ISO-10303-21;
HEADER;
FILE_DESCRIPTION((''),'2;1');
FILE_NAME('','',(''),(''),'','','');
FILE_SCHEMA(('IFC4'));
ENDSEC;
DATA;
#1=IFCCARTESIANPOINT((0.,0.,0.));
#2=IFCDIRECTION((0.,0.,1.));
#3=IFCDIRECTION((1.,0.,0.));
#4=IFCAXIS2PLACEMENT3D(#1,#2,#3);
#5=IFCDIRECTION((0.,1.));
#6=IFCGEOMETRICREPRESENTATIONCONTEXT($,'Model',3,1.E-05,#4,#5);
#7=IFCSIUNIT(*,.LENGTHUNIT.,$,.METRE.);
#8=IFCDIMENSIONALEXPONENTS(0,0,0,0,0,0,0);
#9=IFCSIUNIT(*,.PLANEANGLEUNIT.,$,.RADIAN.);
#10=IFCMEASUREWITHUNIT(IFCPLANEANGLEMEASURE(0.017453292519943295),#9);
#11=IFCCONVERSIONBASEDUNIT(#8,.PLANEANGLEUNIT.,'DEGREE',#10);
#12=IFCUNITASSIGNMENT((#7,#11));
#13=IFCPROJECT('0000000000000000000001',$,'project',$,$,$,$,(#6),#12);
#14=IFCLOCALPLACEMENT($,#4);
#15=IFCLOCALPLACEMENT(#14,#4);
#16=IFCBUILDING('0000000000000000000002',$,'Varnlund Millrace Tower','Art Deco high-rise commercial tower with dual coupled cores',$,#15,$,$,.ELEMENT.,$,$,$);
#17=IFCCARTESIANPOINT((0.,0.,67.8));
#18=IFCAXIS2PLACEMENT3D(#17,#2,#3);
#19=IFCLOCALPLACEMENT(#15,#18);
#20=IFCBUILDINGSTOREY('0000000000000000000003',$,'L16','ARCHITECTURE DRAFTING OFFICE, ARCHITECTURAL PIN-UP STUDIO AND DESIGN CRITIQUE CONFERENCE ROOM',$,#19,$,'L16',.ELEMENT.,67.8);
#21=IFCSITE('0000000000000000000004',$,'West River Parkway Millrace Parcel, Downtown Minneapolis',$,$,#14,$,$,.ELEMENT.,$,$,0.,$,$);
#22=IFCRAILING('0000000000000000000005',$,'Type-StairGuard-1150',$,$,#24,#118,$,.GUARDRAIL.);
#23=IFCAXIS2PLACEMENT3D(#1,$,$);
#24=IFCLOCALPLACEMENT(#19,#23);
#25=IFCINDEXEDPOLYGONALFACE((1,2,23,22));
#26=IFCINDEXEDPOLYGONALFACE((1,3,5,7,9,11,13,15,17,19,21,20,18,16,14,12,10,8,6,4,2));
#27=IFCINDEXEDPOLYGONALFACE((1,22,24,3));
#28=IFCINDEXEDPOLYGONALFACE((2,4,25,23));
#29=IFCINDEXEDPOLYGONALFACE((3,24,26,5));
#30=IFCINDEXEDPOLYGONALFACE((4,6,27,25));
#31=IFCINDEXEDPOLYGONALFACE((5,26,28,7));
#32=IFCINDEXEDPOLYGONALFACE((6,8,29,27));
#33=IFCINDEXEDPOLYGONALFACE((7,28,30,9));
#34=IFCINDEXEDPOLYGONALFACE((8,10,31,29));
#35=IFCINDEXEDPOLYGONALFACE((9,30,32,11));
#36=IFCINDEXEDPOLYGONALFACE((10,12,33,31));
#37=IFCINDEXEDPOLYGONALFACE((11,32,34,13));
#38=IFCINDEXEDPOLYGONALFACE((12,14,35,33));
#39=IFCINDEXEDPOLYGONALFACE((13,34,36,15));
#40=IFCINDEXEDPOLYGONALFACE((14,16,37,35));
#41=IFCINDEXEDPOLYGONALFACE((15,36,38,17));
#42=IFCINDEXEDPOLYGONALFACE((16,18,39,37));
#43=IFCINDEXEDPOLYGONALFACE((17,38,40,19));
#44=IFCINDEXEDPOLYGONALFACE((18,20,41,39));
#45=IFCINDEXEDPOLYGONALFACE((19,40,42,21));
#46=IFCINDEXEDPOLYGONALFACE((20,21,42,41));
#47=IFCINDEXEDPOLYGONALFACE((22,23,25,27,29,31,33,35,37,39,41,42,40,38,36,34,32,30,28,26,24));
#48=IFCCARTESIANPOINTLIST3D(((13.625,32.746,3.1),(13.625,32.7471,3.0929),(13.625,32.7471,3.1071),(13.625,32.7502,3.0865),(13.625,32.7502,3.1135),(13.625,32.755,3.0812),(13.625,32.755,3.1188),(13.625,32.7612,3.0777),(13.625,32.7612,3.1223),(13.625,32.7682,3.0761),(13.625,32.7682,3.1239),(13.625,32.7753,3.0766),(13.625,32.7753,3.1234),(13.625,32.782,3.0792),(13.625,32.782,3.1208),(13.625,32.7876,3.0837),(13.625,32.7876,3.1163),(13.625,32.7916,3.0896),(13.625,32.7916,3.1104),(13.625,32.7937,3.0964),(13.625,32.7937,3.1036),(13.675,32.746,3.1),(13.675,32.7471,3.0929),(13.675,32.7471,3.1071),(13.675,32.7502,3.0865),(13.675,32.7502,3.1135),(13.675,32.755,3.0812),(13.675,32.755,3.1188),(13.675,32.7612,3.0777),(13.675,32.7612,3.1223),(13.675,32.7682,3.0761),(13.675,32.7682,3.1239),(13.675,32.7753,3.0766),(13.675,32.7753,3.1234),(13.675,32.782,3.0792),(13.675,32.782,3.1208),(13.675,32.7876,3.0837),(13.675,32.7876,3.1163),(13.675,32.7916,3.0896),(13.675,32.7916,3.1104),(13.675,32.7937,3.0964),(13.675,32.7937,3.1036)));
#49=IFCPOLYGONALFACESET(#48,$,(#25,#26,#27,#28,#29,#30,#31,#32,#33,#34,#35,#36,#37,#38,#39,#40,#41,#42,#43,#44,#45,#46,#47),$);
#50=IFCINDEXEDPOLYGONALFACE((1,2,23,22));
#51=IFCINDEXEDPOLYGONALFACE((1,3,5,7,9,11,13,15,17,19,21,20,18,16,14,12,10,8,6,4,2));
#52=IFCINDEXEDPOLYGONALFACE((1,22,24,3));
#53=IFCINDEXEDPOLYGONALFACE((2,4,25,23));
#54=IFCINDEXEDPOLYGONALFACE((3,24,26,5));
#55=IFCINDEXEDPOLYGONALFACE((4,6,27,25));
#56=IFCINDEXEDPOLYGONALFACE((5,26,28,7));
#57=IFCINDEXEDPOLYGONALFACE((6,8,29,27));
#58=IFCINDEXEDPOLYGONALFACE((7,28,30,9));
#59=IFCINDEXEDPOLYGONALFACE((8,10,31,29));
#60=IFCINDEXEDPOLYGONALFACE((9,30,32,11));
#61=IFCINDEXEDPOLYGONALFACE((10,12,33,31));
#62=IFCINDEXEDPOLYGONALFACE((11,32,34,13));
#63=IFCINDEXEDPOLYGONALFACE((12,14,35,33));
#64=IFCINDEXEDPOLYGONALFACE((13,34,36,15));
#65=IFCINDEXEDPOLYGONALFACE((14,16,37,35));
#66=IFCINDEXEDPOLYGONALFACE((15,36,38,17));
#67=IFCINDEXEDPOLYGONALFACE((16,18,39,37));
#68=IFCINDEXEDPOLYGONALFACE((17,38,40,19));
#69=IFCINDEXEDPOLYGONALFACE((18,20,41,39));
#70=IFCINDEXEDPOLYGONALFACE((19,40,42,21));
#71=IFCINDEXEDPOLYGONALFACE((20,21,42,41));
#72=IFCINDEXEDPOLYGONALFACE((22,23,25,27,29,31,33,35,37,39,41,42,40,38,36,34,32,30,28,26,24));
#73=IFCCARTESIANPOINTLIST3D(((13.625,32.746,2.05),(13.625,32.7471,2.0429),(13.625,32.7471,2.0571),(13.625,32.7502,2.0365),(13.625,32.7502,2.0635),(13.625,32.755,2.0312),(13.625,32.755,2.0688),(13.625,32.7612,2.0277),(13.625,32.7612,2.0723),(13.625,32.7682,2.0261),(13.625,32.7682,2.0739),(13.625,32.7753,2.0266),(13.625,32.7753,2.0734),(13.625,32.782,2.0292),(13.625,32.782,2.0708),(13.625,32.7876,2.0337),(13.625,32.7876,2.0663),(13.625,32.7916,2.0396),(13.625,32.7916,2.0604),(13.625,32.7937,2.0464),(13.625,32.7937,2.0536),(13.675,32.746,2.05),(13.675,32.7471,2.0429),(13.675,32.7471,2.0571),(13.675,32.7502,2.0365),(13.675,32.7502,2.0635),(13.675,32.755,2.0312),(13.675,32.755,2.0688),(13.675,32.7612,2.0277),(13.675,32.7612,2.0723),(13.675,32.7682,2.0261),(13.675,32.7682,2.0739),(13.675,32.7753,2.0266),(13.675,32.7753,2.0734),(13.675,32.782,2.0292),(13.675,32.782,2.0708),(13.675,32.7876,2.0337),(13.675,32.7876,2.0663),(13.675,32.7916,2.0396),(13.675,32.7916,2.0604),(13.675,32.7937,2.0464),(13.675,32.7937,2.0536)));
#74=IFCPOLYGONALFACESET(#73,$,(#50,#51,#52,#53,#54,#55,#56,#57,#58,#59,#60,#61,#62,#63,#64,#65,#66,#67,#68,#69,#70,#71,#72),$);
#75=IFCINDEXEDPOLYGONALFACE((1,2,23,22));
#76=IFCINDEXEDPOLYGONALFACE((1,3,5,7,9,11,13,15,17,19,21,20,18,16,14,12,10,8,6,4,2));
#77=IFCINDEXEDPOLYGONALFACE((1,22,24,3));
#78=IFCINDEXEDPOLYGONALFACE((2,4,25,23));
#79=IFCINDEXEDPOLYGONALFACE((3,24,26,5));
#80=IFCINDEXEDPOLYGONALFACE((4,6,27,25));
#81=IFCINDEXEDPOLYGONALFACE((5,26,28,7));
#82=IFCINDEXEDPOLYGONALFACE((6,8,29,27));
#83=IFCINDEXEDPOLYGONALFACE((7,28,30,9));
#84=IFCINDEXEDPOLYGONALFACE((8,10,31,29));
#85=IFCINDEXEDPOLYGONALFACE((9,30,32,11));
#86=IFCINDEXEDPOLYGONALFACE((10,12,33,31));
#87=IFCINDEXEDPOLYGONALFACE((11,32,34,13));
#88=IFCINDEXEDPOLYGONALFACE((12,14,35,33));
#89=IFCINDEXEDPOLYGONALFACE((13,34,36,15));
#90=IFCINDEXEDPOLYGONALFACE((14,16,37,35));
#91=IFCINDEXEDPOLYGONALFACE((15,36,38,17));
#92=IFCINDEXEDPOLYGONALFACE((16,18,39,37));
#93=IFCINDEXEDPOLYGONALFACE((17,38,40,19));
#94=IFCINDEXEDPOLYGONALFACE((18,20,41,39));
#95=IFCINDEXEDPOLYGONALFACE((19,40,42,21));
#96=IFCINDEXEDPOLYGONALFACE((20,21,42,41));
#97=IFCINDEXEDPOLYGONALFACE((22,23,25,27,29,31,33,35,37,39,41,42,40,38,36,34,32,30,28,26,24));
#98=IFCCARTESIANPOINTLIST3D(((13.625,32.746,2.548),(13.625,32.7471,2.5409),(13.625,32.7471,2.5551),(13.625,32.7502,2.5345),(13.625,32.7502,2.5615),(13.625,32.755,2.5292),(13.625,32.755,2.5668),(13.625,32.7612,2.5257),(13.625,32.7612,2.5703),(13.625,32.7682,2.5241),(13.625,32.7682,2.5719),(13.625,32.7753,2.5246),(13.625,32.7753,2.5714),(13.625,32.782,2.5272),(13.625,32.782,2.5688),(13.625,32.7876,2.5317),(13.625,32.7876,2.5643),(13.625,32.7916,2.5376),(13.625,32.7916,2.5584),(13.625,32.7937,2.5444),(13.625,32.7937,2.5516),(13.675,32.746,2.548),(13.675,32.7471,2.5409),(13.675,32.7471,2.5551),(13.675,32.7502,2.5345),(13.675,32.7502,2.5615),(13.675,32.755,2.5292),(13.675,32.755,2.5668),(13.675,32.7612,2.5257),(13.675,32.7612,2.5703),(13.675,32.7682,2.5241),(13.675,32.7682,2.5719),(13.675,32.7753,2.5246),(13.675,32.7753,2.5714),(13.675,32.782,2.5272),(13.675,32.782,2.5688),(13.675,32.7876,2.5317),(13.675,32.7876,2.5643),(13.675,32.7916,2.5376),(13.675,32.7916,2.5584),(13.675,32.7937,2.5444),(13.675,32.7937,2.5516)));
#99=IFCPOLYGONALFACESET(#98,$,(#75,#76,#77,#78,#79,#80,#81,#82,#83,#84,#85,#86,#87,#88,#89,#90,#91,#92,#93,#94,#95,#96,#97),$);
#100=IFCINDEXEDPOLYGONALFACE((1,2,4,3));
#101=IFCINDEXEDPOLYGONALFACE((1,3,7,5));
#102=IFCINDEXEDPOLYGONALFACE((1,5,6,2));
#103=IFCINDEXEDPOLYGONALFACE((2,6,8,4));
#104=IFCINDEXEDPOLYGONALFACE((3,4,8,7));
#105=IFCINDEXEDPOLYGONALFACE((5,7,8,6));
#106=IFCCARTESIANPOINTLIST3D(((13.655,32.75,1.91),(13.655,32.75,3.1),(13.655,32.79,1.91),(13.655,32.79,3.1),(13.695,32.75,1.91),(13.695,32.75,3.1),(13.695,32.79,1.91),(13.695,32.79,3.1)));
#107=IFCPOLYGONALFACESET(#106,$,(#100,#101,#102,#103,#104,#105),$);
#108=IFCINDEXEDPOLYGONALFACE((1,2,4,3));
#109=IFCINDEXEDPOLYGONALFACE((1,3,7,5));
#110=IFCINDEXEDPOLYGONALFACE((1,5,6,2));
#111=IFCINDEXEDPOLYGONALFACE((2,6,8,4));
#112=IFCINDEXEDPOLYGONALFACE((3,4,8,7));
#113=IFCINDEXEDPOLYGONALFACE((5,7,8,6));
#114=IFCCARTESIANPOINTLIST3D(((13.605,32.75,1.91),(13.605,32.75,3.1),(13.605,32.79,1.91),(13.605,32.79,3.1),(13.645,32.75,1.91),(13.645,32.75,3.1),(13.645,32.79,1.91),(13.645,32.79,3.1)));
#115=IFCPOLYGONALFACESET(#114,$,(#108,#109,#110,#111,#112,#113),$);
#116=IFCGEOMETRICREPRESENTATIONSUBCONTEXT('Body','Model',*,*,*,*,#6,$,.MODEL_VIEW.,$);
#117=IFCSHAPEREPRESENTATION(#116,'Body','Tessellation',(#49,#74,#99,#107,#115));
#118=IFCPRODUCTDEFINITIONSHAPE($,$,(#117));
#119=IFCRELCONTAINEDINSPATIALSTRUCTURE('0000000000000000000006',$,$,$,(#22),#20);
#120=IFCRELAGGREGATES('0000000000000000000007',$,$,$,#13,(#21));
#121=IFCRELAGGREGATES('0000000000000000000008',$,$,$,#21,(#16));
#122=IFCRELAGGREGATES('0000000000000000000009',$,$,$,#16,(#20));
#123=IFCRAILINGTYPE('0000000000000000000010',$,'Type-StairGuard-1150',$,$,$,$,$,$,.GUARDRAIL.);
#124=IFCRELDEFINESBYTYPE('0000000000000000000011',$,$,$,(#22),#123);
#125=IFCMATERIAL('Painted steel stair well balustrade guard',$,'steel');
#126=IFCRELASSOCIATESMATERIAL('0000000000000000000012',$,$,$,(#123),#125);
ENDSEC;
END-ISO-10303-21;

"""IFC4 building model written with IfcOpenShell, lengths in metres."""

from ifc_helpers import new_model, entity, si_unit, converted_unit, direction, frame, origin_with_axes, origin_2d_with_axis, place, context, subcontext, project, spatial, rectangle, circle, extrude, material, type_object, element, save


model = new_model("IFC4")

# Units and contexts
model_context = context("Model", 3, precision=1e-05, world=origin_with_axes(), true_north=direction((0.0, 1.0)))
body_context = subcontext(model_context, "Body", "Model", "MODEL_VIEW")
ifc_project = project(units=[si_unit("LENGTHUNIT", "METRE"), converted_unit("PLANEANGLEUNIT", "DEGREE", entity("IfcPlaneAngleMeasure", 0.017453292519943295), si_unit("PLANEANGLEUNIT", "RADIAN"), dimensions=[0, 0, 0, 0, 0, 0, 0])], contexts=[model_context])

# Site, building, storey
site_placement = place(None, origin_with_axes())
site = spatial("IfcSite", under=ifc_project, at=site_placement, Name="West River Parkway Millrace Parcel, Downtown Minneapolis", CompositionType="ELEMENT", RefElevation=0.0)
building_placement = place(site_placement, origin_with_axes())
building = spatial("IfcBuilding", under=site, at=building_placement, Name="Varnlund Millrace Tower", Description="Art Deco high-rise commercial tower with dual coupled cores", CompositionType="ELEMENT")
storey_placement = place(building_placement, frame((0.0, 0.0, 67.8), z_axis=(0.0, 0.0, 1.0), x_axis=(1.0, 0.0, 0.0)))
storey = spatial("IfcBuildingStorey", under=building, at=storey_placement, Name="L16", Description="ARCHITECTURE DRAFTING OFFICE, ARCHITECTURAL PIN-UP STUDIO AND DESIGN CRITIQUE CONFERENCE ROOM", LongName="L16", CompositionType="ELEMENT", Elevation=67.8)

# Railing
ifc_material_1 = material(Name="Painted steel stair well balustrade guard", Category="steel")
railing_type_1 = type_object("IfcRailingType", Name="Type-StairGuard-1150", PredefinedType="GUARDRAIL", material=ifc_material_1)
railing_1_placement = place(storey_placement, frame((0.0, 0.0, -67.8), z_axis=(0.0, 0.0, 1.0), x_axis=(1.0, 0.0, 0.0)))
element("IfcRailing", 1, at=railing_1_placement, inside=storey, type_object=railing_type_1, Name="Type-StairGuard-1150", PredefinedType="GUARDRAIL", context=body_context, shape_type="SweptSolid", body=[
    extrude(circle(Radius=0.024, at=origin_2d_with_axis()), frame((13.675, 32.77, 70.9), z_axis=(-1.0, 0.0, 0.0), x_axis=(0.0, -1.0, 0.0)), (0.0, 0.0, 1.0), 0.05),
    extrude(circle(Radius=0.024, at=origin_2d_with_axis()), frame((13.675, 32.77, 69.85), z_axis=(-1.0, 0.0, 0.0), x_axis=(0.0, -1.0, 0.0)), (0.0, 0.0, 1.0), 0.05),
    extrude(circle(Radius=0.024, at=origin_2d_with_axis()), frame((13.675, 32.77, 70.348), z_axis=(-1.0, 0.0, 0.0), x_axis=(0.0, -1.0, 0.0)), (0.0, 0.0, 1.0), 0.05),
    extrude(rectangle(XDim=0.04, YDim=0.04, at=origin_2d_with_axis()), frame((13.675, 32.77, 69.71), z_axis=(0.0, 0.0, 1.0), x_axis=(1.0, 0.0, 0.0)), (0.0, 0.0, 1.0), 1.19),
    extrude(rectangle(XDim=0.04, YDim=0.04, at=origin_2d_with_axis()), frame((13.625, 32.77, 69.71), z_axis=(0.0, 0.0, 1.0), x_axis=(1.0, 0.0, 0.0)), (0.0, 0.0, 1.0), 1.19),
])

save(model, "model.ifc")
